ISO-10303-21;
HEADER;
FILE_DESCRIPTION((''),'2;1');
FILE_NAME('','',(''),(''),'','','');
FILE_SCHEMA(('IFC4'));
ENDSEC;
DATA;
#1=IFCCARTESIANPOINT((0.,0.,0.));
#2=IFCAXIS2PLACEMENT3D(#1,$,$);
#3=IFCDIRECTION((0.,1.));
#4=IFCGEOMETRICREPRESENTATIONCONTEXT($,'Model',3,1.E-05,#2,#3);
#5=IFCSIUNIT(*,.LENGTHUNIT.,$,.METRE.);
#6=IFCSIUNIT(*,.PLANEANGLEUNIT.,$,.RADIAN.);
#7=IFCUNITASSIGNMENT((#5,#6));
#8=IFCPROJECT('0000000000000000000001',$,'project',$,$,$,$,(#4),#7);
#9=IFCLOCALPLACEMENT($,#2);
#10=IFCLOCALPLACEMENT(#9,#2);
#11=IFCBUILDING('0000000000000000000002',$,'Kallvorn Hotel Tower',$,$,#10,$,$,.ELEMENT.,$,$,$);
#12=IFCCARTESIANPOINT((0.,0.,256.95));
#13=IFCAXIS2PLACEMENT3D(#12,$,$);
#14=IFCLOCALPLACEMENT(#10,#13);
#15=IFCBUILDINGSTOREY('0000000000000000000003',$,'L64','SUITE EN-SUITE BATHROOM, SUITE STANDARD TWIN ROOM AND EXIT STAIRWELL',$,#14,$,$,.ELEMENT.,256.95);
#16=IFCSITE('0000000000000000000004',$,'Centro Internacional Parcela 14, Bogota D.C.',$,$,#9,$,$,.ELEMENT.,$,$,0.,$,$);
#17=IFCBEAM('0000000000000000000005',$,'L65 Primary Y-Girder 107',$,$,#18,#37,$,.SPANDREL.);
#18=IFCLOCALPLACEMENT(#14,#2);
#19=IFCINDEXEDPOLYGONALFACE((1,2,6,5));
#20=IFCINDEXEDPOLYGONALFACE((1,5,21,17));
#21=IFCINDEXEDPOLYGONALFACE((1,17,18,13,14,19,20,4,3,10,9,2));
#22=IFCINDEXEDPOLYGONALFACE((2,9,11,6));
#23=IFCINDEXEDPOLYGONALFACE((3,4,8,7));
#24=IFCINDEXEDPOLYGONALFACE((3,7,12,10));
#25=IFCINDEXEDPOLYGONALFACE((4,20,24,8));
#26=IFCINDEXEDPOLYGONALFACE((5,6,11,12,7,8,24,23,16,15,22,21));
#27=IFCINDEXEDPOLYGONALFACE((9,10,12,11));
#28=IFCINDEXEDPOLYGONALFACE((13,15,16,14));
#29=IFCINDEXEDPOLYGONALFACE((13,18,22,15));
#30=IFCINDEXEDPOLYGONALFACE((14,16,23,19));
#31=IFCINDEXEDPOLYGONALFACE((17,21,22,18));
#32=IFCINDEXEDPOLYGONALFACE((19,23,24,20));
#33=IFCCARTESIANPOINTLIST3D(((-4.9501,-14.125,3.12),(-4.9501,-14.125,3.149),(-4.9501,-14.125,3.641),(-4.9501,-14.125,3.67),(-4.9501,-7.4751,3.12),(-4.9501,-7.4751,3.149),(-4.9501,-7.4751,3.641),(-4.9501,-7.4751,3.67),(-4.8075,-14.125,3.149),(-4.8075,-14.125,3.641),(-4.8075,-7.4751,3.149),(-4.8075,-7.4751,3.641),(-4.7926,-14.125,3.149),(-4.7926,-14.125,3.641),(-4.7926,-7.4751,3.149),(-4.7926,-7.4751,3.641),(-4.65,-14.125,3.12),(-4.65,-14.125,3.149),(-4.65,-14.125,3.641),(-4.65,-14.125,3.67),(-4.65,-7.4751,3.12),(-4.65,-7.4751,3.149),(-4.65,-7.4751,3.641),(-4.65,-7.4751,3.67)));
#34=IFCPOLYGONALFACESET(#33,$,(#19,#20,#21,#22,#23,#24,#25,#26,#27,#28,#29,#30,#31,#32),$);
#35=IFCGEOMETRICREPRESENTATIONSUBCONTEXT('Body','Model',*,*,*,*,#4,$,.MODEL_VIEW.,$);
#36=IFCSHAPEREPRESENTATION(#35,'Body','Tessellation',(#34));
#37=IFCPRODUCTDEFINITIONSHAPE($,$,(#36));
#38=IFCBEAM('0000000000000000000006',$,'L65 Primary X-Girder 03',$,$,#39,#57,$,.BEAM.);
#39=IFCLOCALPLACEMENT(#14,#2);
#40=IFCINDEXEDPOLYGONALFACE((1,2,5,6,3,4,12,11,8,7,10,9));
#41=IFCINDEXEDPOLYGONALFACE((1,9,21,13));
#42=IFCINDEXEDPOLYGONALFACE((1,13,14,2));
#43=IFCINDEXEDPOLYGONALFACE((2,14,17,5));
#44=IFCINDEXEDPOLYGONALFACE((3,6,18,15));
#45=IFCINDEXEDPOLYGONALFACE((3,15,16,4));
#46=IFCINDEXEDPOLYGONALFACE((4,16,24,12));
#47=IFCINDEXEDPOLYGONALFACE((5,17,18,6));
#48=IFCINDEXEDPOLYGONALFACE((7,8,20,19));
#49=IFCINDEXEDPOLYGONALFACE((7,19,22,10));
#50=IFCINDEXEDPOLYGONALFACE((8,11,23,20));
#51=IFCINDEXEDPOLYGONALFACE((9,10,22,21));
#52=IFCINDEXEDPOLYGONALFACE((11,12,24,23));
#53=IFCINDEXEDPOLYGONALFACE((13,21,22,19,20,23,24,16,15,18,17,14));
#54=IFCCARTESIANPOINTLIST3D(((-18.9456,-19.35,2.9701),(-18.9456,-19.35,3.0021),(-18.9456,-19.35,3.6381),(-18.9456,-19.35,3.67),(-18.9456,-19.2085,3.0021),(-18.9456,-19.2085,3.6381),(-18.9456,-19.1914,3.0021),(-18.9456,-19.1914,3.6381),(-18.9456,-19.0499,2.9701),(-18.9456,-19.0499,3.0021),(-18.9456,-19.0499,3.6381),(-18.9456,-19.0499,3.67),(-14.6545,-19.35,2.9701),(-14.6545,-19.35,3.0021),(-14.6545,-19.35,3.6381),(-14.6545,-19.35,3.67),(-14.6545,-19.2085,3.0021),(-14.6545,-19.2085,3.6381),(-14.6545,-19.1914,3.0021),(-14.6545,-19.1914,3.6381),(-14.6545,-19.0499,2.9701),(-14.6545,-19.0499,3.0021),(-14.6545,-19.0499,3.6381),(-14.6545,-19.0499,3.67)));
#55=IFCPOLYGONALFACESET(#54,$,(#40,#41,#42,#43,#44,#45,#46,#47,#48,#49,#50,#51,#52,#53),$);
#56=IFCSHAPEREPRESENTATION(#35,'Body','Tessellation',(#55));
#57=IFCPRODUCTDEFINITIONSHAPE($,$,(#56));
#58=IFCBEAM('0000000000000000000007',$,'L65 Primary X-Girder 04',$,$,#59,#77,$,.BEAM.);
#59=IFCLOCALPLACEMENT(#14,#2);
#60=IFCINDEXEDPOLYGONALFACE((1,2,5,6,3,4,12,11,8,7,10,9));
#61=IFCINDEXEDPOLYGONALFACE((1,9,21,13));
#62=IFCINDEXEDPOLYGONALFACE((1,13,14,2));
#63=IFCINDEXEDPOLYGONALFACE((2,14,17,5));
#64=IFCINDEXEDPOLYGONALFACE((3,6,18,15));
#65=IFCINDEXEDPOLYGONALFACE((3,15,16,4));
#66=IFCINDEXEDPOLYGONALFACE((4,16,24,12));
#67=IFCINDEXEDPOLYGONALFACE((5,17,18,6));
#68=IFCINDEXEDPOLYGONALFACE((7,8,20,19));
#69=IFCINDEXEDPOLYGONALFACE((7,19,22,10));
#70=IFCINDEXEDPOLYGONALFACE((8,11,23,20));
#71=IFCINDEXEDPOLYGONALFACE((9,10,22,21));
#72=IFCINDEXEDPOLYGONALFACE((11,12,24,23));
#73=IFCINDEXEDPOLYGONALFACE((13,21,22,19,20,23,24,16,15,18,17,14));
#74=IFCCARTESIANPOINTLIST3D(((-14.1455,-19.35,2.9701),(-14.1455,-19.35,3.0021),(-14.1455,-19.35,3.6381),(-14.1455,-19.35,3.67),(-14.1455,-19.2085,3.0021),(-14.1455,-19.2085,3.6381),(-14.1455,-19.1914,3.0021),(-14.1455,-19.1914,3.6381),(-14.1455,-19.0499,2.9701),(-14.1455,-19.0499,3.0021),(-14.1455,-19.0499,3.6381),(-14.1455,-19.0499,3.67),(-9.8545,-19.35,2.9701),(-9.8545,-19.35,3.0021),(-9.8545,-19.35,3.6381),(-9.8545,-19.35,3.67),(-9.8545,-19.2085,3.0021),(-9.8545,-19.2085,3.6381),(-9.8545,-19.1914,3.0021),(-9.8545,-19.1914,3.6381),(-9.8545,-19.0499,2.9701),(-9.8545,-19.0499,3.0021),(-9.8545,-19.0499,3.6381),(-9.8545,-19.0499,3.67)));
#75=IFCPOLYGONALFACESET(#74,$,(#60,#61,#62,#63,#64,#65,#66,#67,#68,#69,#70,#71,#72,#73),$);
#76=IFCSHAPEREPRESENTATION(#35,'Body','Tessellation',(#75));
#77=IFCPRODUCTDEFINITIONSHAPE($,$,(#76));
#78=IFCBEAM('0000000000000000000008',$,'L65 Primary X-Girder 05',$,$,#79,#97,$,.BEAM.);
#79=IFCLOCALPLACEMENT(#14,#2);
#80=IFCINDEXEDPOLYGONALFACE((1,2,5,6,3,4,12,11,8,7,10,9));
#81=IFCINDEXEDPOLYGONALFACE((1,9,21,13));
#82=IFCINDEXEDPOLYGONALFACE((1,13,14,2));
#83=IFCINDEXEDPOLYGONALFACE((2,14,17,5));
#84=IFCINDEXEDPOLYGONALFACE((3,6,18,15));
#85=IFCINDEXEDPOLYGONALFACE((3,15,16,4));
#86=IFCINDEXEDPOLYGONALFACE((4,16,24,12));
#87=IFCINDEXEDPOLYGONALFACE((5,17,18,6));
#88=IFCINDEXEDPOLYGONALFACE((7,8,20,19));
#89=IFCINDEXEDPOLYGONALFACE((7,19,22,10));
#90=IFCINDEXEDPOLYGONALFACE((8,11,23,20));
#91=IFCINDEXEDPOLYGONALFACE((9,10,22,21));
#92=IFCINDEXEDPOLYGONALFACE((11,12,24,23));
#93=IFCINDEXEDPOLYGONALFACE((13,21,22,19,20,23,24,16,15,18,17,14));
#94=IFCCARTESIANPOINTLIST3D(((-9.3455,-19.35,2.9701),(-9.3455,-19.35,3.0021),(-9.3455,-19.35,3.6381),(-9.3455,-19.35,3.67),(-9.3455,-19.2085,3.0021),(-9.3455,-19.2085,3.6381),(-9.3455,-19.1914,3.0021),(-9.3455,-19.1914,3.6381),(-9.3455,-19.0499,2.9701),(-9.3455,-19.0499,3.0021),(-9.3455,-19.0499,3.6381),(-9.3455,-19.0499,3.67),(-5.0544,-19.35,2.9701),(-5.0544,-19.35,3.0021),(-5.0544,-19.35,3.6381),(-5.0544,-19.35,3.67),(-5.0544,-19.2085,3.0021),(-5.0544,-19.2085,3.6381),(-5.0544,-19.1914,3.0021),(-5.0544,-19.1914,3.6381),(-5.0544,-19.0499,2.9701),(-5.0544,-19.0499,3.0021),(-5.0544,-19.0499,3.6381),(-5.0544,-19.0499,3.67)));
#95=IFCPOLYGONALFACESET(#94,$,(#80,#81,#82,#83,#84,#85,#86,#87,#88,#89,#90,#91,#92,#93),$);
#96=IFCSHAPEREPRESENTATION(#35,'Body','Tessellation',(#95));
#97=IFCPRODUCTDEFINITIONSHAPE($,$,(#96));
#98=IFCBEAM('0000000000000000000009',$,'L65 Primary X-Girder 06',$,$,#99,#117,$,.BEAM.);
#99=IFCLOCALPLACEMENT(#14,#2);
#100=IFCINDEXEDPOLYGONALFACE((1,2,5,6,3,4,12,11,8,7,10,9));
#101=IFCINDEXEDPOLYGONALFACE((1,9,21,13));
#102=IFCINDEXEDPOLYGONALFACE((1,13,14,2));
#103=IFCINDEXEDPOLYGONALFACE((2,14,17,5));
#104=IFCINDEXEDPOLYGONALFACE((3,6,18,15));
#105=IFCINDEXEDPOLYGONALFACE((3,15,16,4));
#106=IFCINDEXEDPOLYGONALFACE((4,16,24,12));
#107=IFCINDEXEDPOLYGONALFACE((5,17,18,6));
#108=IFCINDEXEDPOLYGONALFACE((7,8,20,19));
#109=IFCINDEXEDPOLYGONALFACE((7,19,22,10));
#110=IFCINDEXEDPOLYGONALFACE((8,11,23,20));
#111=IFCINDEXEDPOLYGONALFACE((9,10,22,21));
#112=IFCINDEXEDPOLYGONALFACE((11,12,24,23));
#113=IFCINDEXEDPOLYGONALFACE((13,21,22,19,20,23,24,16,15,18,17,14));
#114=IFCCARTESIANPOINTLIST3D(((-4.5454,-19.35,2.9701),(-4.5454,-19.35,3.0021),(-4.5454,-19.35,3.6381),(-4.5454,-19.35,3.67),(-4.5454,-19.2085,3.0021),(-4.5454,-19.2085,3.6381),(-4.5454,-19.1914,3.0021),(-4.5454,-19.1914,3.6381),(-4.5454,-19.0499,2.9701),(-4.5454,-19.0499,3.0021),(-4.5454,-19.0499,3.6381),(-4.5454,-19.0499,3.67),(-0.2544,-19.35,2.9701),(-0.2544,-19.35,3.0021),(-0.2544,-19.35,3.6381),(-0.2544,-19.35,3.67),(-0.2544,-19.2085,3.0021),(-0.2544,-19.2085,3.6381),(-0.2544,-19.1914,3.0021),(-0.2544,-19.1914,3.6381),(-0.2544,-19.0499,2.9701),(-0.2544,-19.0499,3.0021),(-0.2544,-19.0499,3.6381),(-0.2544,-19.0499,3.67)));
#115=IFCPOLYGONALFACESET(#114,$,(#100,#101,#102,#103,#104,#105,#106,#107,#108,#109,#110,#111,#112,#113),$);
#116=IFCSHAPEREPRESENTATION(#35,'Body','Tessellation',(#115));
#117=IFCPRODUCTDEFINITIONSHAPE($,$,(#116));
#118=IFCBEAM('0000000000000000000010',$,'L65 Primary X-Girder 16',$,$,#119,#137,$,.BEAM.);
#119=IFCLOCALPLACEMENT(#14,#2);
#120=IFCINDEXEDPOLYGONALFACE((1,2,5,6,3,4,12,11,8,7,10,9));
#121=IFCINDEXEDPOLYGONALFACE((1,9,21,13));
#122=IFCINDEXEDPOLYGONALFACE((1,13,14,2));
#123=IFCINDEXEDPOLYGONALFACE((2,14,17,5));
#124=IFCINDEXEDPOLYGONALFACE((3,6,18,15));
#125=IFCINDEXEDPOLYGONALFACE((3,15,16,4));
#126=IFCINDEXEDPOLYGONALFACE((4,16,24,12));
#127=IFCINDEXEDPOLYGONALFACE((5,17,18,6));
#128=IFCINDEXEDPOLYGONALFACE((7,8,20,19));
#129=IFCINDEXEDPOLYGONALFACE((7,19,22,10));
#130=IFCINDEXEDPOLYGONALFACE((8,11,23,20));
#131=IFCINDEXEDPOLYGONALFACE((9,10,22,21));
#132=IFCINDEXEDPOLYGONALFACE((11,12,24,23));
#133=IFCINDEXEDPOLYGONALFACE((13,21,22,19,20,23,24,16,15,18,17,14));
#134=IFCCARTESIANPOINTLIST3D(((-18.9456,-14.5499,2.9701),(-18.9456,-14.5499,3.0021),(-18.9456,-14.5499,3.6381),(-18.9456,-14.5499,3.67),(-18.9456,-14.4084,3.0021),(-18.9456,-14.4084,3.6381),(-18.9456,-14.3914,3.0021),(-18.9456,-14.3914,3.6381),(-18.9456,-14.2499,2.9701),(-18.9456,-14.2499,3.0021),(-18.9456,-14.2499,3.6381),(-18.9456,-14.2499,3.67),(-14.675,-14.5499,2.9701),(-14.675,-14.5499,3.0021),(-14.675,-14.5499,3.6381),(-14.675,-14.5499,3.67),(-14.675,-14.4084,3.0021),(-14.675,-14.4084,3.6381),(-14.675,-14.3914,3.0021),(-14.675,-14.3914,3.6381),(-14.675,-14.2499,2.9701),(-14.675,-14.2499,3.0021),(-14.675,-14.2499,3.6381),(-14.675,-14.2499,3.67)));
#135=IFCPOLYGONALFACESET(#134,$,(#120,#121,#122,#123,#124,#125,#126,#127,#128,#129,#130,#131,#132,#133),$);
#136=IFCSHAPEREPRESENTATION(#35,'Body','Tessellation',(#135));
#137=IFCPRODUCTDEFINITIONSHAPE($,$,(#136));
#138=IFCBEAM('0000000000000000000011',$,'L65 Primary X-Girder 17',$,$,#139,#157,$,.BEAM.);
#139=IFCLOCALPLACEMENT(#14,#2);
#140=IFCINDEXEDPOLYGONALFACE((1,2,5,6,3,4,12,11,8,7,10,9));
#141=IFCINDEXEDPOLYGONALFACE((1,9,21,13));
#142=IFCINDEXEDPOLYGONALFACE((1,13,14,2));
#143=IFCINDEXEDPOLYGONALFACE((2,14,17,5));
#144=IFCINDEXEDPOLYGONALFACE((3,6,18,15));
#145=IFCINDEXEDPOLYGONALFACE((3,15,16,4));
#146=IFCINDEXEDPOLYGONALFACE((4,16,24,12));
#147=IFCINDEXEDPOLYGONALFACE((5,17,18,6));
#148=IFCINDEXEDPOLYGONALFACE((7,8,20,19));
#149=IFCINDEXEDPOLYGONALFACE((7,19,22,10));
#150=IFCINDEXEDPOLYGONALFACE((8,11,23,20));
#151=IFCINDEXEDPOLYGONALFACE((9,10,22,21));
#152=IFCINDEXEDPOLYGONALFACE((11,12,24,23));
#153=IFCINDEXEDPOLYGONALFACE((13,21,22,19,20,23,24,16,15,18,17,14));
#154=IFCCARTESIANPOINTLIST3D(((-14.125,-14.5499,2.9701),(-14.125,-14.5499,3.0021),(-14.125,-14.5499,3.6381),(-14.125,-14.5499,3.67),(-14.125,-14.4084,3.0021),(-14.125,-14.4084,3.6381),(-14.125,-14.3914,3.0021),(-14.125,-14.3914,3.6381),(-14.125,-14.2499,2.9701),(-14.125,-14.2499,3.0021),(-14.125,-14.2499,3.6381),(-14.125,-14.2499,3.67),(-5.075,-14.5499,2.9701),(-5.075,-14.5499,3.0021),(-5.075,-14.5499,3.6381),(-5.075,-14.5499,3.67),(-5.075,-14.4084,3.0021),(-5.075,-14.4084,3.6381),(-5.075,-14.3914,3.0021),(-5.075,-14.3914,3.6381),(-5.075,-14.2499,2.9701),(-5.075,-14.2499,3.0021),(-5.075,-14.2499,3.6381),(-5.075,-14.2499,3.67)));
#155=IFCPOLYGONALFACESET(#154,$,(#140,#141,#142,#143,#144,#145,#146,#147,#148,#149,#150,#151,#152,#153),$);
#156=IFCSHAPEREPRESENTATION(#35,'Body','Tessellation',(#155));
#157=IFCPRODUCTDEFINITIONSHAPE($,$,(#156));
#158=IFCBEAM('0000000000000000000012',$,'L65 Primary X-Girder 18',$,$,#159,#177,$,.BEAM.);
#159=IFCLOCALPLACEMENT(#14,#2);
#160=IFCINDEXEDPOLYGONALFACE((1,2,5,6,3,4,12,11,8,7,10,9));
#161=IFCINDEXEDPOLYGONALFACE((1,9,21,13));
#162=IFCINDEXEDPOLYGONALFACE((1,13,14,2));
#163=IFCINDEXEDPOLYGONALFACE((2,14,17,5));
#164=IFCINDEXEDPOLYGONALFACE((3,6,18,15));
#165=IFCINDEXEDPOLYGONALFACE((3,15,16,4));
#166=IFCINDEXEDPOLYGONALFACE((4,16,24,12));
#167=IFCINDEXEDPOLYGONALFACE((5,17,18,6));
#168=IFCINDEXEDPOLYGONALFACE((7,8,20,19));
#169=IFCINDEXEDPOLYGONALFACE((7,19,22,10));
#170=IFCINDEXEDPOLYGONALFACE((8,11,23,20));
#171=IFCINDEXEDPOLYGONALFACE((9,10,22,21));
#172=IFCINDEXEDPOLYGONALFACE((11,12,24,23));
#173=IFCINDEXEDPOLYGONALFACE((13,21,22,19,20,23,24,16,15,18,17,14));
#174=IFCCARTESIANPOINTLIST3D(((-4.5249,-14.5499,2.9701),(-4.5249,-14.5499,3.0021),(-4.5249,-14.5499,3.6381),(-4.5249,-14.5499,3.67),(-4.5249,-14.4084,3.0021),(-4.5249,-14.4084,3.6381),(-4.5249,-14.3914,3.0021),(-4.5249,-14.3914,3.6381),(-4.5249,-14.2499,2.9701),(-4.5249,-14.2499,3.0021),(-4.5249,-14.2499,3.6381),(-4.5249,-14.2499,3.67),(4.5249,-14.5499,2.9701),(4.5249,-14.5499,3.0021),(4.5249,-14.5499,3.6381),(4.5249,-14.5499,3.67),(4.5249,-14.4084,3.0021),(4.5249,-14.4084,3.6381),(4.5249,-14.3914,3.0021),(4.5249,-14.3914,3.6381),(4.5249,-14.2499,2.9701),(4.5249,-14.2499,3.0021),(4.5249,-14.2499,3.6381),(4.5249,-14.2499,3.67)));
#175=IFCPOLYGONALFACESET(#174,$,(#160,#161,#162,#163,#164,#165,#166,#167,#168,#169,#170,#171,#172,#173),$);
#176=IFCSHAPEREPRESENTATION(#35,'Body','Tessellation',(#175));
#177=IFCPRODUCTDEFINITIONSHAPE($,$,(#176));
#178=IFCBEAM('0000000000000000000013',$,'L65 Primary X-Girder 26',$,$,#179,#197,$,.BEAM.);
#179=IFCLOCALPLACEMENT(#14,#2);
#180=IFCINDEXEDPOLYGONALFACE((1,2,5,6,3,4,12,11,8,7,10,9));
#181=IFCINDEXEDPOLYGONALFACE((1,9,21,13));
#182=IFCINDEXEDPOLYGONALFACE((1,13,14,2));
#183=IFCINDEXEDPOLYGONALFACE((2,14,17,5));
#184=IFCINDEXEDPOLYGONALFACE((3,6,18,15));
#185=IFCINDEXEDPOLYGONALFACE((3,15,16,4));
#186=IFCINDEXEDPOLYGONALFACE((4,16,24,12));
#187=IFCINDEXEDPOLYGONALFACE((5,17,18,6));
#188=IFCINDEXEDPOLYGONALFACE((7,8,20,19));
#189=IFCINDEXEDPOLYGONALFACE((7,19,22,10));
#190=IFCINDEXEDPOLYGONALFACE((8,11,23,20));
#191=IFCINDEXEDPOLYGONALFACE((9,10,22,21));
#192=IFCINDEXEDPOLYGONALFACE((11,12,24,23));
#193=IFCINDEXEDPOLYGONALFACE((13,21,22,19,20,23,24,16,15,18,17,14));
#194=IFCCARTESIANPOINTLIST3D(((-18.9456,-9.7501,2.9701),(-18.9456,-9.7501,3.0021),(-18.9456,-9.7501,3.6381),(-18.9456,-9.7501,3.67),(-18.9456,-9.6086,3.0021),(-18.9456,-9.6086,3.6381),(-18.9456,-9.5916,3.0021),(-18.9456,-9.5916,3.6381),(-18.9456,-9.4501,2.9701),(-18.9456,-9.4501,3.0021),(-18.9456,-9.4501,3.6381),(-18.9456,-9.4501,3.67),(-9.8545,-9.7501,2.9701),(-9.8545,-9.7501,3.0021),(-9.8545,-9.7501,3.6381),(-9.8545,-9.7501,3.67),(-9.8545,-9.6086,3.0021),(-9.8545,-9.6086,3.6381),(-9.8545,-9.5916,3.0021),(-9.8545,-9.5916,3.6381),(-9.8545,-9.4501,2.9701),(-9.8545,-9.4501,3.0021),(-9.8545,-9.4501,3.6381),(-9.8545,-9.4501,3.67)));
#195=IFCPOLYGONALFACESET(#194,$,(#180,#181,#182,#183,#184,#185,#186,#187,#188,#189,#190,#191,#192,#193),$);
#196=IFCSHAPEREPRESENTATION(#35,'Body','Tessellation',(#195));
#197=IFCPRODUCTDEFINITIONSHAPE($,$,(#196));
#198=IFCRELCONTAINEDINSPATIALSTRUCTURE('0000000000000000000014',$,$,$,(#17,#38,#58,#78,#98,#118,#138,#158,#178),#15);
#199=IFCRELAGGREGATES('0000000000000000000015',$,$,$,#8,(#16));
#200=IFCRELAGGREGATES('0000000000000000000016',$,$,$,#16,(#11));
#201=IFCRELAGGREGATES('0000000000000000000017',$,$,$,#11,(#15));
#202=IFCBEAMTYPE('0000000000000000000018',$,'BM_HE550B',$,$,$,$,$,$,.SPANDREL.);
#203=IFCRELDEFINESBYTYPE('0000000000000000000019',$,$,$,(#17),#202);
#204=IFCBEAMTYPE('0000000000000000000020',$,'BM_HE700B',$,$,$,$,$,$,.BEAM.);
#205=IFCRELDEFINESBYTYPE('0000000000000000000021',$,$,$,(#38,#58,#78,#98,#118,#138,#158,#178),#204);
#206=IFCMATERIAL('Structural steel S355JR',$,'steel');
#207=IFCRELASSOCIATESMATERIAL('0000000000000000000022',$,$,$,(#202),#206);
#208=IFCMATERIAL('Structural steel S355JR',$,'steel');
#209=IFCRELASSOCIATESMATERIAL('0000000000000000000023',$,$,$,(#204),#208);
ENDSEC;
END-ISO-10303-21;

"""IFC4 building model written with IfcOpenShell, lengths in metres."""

from ifc_helpers import new_model, si_unit, direction, frame, origin, origin_2d, place, context, subcontext, project, spatial, i_section, extrude, material, material_profile, profile_set, type_object, element, save


model = new_model("IFC4")

# Units and contexts
model_context = context("Model", 3, precision=1e-05, world=origin(), true_north=direction((0.0, 1.0)))
body_context = subcontext(model_context, "Body", "Model", "MODEL_VIEW")
ifc_project = project(units=[si_unit("LENGTHUNIT", "METRE"), si_unit("PLANEANGLEUNIT", "RADIAN")], contexts=[model_context])

# Site, building, storey
site_placement = place(None, origin())
site = spatial("IfcSite", under=ifc_project, at=site_placement, Name="Centro Internacional Parcela 14, Bogota D.C.", CompositionType="ELEMENT", RefElevation=0.0)
building_placement = place(site_placement, origin())
building = spatial("IfcBuilding", under=site, at=building_placement, Name="Kallvorn Hotel Tower", CompositionType="ELEMENT")
storey_placement = place(building_placement, frame((0.0, 0.0, 256.95)))
storey = spatial("IfcBuildingStorey", under=building, at=storey_placement, Name="L64", Description="SUITE EN-SUITE BATHROOM, SUITE STANDARD TWIN ROOM AND EXIT STAIRWELL", CompositionType="ELEMENT", Elevation=256.95)

# Beams
ifc_material_1 = material(Name="Structural steel S355JR", Category="steel")
ifc_material_profile_1 = material_profile(ifc_material_1, i_section(OverallWidth=0.3, OverallDepth=0.55, WebThickness=0.0149, FlangeThickness=0.0291, at=origin_2d()), Name="HE 550 B")
ifc_profile_set_1 = profile_set([ifc_material_profile_1], Name="Structural steel S355JR")
beam_type_1 = type_object("IfcBeamType", Name="BM_HE550B", PredefinedType="SPANDREL", material=ifc_profile_set_1)
beam_1_placement = place(storey_placement, frame((-4.8, -14.125, 3.395), z_axis=(0.0, 1.0, 0.0), x_axis=(-1.0, 0.0, 0.0)))
element("IfcBeam", 1, at=beam_1_placement, inside=storey, type_object=beam_type_1, Name="L65 Primary Y-Girder 107", PredefinedType="SPANDREL", context=body_context, shape_type="SweptSolid", body=[
    extrude(i_section(OverallWidth=0.3, OverallDepth=0.55, WebThickness=0.0149, FlangeThickness=0.0291, at=origin_2d()), origin(), (0.0, 0.0, 1.0), 6.6499),
])
ifc_material_2 = material(Name="Structural steel S355JR", Category="steel")
ifc_material_profile_2 = material_profile(ifc_material_2, i_section(OverallWidth=0.3, OverallDepth=0.7, WebThickness=0.0171, FlangeThickness=0.032, at=origin_2d()), Name="HE 700 B")
ifc_profile_set_2 = profile_set([ifc_material_profile_2], Name="Structural steel S355JR")
beam_type_2 = type_object("IfcBeamType", Name="BM_HE700B", PredefinedType="BEAM", material=ifc_profile_set_2)
for number, where, z_axis, x_axis, name in (
    (2, (-18.9456, -19.2, 3.3201), (1.0, 0.0, 0.0), (0.0, 1.0, 0.0), "L65 Primary X-Girder 03"),
    (3, (-14.1455, -19.2, 3.3201), (1.0, 0.0, 0.0), (0.0, 1.0, 0.0), "L65 Primary X-Girder 04"),
    (4, (-9.3455, -19.2, 3.3201), (1.0, 0.0, 0.0), (0.0, 1.0, 0.0), "L65 Primary X-Girder 05"),
    (5, (-4.5454, -19.2, 3.3201), (1.0, 0.0, 0.0), (0.0, 1.0, 0.0), "L65 Primary X-Girder 06"),
):
    element("IfcBeam", number, at=place(storey_placement, frame(where, z_axis=z_axis, x_axis=x_axis)), inside=storey, type_object=beam_type_2, Name=name, PredefinedType="BEAM", context=body_context, shape_type="SweptSolid", body=[
        extrude(i_section(OverallWidth=0.3, OverallDepth=0.7, WebThickness=0.0171, FlangeThickness=0.032, at=origin_2d()), origin(), (0.0, 0.0, 1.0), 4.291),
    ])
beam_2_placement = place(storey_placement, frame((-18.9456, -14.3999, 3.3201), z_axis=(1.0, 0.0, 0.0), x_axis=(0.0, 1.0, 0.0)))
element("IfcBeam", 6, at=beam_2_placement, inside=storey, type_object=beam_type_2, Name="L65 Primary X-Girder 16", PredefinedType="BEAM", context=body_context, shape_type="SweptSolid", body=[
    extrude(i_section(OverallWidth=0.3, OverallDepth=0.7, WebThickness=0.0171, FlangeThickness=0.032, at=origin_2d()), origin(), (0.0, 0.0, 1.0), 4.2705),
])
beam_3_placement = place(storey_placement, frame((-14.125, -14.3999, 3.3201), z_axis=(1.0, 0.0, 0.0), x_axis=(0.0, 1.0, 0.0)))
element("IfcBeam", 7, at=beam_3_placement, inside=storey, type_object=beam_type_2, Name="L65 Primary X-Girder 17", PredefinedType="BEAM", context=body_context, shape_type="SweptSolid", body=[
    extrude(i_section(OverallWidth=0.3, OverallDepth=0.7, WebThickness=0.0171, FlangeThickness=0.032, at=origin_2d()), origin(), (0.0, 0.0, 1.0), 9.05),
])
beam_4_placement = place(storey_placement, frame((-4.5249, -14.3999, 3.3201), z_axis=(1.0, 0.0, 0.0), x_axis=(0.0, 1.0, 0.0)))
element("IfcBeam", 8, at=beam_4_placement, inside=storey, type_object=beam_type_2, Name="L65 Primary X-Girder 18", PredefinedType="BEAM", context=body_context, shape_type="SweptSolid", body=[
    extrude(i_section(OverallWidth=0.3, OverallDepth=0.7, WebThickness=0.0171, FlangeThickness=0.032, at=origin_2d()), origin(), (0.0, 0.0, 1.0), 9.0498),
])
for number, where, z_axis, x_axis, name in (
    (9, (-18.9456, -9.6001, 3.3201), (1.0, 0.0, 0.0), (0.0, 1.0, 0.0), "L65 Primary X-Girder 26"),
):
    element("IfcBeam", number, at=place(storey_placement, frame(where, z_axis=z_axis, x_axis=x_axis)), inside=storey, type_object=beam_type_2, Name=name, PredefinedType="BEAM", context=body_context, shape_type="SweptSolid", body=[
        extrude(i_section(OverallWidth=0.3, OverallDepth=0.7, WebThickness=0.0171, FlangeThickness=0.032, at=origin_2d()), origin(), (0.0, 0.0, 1.0), 9.0911),
    ])

save(model, "model.ifc")
